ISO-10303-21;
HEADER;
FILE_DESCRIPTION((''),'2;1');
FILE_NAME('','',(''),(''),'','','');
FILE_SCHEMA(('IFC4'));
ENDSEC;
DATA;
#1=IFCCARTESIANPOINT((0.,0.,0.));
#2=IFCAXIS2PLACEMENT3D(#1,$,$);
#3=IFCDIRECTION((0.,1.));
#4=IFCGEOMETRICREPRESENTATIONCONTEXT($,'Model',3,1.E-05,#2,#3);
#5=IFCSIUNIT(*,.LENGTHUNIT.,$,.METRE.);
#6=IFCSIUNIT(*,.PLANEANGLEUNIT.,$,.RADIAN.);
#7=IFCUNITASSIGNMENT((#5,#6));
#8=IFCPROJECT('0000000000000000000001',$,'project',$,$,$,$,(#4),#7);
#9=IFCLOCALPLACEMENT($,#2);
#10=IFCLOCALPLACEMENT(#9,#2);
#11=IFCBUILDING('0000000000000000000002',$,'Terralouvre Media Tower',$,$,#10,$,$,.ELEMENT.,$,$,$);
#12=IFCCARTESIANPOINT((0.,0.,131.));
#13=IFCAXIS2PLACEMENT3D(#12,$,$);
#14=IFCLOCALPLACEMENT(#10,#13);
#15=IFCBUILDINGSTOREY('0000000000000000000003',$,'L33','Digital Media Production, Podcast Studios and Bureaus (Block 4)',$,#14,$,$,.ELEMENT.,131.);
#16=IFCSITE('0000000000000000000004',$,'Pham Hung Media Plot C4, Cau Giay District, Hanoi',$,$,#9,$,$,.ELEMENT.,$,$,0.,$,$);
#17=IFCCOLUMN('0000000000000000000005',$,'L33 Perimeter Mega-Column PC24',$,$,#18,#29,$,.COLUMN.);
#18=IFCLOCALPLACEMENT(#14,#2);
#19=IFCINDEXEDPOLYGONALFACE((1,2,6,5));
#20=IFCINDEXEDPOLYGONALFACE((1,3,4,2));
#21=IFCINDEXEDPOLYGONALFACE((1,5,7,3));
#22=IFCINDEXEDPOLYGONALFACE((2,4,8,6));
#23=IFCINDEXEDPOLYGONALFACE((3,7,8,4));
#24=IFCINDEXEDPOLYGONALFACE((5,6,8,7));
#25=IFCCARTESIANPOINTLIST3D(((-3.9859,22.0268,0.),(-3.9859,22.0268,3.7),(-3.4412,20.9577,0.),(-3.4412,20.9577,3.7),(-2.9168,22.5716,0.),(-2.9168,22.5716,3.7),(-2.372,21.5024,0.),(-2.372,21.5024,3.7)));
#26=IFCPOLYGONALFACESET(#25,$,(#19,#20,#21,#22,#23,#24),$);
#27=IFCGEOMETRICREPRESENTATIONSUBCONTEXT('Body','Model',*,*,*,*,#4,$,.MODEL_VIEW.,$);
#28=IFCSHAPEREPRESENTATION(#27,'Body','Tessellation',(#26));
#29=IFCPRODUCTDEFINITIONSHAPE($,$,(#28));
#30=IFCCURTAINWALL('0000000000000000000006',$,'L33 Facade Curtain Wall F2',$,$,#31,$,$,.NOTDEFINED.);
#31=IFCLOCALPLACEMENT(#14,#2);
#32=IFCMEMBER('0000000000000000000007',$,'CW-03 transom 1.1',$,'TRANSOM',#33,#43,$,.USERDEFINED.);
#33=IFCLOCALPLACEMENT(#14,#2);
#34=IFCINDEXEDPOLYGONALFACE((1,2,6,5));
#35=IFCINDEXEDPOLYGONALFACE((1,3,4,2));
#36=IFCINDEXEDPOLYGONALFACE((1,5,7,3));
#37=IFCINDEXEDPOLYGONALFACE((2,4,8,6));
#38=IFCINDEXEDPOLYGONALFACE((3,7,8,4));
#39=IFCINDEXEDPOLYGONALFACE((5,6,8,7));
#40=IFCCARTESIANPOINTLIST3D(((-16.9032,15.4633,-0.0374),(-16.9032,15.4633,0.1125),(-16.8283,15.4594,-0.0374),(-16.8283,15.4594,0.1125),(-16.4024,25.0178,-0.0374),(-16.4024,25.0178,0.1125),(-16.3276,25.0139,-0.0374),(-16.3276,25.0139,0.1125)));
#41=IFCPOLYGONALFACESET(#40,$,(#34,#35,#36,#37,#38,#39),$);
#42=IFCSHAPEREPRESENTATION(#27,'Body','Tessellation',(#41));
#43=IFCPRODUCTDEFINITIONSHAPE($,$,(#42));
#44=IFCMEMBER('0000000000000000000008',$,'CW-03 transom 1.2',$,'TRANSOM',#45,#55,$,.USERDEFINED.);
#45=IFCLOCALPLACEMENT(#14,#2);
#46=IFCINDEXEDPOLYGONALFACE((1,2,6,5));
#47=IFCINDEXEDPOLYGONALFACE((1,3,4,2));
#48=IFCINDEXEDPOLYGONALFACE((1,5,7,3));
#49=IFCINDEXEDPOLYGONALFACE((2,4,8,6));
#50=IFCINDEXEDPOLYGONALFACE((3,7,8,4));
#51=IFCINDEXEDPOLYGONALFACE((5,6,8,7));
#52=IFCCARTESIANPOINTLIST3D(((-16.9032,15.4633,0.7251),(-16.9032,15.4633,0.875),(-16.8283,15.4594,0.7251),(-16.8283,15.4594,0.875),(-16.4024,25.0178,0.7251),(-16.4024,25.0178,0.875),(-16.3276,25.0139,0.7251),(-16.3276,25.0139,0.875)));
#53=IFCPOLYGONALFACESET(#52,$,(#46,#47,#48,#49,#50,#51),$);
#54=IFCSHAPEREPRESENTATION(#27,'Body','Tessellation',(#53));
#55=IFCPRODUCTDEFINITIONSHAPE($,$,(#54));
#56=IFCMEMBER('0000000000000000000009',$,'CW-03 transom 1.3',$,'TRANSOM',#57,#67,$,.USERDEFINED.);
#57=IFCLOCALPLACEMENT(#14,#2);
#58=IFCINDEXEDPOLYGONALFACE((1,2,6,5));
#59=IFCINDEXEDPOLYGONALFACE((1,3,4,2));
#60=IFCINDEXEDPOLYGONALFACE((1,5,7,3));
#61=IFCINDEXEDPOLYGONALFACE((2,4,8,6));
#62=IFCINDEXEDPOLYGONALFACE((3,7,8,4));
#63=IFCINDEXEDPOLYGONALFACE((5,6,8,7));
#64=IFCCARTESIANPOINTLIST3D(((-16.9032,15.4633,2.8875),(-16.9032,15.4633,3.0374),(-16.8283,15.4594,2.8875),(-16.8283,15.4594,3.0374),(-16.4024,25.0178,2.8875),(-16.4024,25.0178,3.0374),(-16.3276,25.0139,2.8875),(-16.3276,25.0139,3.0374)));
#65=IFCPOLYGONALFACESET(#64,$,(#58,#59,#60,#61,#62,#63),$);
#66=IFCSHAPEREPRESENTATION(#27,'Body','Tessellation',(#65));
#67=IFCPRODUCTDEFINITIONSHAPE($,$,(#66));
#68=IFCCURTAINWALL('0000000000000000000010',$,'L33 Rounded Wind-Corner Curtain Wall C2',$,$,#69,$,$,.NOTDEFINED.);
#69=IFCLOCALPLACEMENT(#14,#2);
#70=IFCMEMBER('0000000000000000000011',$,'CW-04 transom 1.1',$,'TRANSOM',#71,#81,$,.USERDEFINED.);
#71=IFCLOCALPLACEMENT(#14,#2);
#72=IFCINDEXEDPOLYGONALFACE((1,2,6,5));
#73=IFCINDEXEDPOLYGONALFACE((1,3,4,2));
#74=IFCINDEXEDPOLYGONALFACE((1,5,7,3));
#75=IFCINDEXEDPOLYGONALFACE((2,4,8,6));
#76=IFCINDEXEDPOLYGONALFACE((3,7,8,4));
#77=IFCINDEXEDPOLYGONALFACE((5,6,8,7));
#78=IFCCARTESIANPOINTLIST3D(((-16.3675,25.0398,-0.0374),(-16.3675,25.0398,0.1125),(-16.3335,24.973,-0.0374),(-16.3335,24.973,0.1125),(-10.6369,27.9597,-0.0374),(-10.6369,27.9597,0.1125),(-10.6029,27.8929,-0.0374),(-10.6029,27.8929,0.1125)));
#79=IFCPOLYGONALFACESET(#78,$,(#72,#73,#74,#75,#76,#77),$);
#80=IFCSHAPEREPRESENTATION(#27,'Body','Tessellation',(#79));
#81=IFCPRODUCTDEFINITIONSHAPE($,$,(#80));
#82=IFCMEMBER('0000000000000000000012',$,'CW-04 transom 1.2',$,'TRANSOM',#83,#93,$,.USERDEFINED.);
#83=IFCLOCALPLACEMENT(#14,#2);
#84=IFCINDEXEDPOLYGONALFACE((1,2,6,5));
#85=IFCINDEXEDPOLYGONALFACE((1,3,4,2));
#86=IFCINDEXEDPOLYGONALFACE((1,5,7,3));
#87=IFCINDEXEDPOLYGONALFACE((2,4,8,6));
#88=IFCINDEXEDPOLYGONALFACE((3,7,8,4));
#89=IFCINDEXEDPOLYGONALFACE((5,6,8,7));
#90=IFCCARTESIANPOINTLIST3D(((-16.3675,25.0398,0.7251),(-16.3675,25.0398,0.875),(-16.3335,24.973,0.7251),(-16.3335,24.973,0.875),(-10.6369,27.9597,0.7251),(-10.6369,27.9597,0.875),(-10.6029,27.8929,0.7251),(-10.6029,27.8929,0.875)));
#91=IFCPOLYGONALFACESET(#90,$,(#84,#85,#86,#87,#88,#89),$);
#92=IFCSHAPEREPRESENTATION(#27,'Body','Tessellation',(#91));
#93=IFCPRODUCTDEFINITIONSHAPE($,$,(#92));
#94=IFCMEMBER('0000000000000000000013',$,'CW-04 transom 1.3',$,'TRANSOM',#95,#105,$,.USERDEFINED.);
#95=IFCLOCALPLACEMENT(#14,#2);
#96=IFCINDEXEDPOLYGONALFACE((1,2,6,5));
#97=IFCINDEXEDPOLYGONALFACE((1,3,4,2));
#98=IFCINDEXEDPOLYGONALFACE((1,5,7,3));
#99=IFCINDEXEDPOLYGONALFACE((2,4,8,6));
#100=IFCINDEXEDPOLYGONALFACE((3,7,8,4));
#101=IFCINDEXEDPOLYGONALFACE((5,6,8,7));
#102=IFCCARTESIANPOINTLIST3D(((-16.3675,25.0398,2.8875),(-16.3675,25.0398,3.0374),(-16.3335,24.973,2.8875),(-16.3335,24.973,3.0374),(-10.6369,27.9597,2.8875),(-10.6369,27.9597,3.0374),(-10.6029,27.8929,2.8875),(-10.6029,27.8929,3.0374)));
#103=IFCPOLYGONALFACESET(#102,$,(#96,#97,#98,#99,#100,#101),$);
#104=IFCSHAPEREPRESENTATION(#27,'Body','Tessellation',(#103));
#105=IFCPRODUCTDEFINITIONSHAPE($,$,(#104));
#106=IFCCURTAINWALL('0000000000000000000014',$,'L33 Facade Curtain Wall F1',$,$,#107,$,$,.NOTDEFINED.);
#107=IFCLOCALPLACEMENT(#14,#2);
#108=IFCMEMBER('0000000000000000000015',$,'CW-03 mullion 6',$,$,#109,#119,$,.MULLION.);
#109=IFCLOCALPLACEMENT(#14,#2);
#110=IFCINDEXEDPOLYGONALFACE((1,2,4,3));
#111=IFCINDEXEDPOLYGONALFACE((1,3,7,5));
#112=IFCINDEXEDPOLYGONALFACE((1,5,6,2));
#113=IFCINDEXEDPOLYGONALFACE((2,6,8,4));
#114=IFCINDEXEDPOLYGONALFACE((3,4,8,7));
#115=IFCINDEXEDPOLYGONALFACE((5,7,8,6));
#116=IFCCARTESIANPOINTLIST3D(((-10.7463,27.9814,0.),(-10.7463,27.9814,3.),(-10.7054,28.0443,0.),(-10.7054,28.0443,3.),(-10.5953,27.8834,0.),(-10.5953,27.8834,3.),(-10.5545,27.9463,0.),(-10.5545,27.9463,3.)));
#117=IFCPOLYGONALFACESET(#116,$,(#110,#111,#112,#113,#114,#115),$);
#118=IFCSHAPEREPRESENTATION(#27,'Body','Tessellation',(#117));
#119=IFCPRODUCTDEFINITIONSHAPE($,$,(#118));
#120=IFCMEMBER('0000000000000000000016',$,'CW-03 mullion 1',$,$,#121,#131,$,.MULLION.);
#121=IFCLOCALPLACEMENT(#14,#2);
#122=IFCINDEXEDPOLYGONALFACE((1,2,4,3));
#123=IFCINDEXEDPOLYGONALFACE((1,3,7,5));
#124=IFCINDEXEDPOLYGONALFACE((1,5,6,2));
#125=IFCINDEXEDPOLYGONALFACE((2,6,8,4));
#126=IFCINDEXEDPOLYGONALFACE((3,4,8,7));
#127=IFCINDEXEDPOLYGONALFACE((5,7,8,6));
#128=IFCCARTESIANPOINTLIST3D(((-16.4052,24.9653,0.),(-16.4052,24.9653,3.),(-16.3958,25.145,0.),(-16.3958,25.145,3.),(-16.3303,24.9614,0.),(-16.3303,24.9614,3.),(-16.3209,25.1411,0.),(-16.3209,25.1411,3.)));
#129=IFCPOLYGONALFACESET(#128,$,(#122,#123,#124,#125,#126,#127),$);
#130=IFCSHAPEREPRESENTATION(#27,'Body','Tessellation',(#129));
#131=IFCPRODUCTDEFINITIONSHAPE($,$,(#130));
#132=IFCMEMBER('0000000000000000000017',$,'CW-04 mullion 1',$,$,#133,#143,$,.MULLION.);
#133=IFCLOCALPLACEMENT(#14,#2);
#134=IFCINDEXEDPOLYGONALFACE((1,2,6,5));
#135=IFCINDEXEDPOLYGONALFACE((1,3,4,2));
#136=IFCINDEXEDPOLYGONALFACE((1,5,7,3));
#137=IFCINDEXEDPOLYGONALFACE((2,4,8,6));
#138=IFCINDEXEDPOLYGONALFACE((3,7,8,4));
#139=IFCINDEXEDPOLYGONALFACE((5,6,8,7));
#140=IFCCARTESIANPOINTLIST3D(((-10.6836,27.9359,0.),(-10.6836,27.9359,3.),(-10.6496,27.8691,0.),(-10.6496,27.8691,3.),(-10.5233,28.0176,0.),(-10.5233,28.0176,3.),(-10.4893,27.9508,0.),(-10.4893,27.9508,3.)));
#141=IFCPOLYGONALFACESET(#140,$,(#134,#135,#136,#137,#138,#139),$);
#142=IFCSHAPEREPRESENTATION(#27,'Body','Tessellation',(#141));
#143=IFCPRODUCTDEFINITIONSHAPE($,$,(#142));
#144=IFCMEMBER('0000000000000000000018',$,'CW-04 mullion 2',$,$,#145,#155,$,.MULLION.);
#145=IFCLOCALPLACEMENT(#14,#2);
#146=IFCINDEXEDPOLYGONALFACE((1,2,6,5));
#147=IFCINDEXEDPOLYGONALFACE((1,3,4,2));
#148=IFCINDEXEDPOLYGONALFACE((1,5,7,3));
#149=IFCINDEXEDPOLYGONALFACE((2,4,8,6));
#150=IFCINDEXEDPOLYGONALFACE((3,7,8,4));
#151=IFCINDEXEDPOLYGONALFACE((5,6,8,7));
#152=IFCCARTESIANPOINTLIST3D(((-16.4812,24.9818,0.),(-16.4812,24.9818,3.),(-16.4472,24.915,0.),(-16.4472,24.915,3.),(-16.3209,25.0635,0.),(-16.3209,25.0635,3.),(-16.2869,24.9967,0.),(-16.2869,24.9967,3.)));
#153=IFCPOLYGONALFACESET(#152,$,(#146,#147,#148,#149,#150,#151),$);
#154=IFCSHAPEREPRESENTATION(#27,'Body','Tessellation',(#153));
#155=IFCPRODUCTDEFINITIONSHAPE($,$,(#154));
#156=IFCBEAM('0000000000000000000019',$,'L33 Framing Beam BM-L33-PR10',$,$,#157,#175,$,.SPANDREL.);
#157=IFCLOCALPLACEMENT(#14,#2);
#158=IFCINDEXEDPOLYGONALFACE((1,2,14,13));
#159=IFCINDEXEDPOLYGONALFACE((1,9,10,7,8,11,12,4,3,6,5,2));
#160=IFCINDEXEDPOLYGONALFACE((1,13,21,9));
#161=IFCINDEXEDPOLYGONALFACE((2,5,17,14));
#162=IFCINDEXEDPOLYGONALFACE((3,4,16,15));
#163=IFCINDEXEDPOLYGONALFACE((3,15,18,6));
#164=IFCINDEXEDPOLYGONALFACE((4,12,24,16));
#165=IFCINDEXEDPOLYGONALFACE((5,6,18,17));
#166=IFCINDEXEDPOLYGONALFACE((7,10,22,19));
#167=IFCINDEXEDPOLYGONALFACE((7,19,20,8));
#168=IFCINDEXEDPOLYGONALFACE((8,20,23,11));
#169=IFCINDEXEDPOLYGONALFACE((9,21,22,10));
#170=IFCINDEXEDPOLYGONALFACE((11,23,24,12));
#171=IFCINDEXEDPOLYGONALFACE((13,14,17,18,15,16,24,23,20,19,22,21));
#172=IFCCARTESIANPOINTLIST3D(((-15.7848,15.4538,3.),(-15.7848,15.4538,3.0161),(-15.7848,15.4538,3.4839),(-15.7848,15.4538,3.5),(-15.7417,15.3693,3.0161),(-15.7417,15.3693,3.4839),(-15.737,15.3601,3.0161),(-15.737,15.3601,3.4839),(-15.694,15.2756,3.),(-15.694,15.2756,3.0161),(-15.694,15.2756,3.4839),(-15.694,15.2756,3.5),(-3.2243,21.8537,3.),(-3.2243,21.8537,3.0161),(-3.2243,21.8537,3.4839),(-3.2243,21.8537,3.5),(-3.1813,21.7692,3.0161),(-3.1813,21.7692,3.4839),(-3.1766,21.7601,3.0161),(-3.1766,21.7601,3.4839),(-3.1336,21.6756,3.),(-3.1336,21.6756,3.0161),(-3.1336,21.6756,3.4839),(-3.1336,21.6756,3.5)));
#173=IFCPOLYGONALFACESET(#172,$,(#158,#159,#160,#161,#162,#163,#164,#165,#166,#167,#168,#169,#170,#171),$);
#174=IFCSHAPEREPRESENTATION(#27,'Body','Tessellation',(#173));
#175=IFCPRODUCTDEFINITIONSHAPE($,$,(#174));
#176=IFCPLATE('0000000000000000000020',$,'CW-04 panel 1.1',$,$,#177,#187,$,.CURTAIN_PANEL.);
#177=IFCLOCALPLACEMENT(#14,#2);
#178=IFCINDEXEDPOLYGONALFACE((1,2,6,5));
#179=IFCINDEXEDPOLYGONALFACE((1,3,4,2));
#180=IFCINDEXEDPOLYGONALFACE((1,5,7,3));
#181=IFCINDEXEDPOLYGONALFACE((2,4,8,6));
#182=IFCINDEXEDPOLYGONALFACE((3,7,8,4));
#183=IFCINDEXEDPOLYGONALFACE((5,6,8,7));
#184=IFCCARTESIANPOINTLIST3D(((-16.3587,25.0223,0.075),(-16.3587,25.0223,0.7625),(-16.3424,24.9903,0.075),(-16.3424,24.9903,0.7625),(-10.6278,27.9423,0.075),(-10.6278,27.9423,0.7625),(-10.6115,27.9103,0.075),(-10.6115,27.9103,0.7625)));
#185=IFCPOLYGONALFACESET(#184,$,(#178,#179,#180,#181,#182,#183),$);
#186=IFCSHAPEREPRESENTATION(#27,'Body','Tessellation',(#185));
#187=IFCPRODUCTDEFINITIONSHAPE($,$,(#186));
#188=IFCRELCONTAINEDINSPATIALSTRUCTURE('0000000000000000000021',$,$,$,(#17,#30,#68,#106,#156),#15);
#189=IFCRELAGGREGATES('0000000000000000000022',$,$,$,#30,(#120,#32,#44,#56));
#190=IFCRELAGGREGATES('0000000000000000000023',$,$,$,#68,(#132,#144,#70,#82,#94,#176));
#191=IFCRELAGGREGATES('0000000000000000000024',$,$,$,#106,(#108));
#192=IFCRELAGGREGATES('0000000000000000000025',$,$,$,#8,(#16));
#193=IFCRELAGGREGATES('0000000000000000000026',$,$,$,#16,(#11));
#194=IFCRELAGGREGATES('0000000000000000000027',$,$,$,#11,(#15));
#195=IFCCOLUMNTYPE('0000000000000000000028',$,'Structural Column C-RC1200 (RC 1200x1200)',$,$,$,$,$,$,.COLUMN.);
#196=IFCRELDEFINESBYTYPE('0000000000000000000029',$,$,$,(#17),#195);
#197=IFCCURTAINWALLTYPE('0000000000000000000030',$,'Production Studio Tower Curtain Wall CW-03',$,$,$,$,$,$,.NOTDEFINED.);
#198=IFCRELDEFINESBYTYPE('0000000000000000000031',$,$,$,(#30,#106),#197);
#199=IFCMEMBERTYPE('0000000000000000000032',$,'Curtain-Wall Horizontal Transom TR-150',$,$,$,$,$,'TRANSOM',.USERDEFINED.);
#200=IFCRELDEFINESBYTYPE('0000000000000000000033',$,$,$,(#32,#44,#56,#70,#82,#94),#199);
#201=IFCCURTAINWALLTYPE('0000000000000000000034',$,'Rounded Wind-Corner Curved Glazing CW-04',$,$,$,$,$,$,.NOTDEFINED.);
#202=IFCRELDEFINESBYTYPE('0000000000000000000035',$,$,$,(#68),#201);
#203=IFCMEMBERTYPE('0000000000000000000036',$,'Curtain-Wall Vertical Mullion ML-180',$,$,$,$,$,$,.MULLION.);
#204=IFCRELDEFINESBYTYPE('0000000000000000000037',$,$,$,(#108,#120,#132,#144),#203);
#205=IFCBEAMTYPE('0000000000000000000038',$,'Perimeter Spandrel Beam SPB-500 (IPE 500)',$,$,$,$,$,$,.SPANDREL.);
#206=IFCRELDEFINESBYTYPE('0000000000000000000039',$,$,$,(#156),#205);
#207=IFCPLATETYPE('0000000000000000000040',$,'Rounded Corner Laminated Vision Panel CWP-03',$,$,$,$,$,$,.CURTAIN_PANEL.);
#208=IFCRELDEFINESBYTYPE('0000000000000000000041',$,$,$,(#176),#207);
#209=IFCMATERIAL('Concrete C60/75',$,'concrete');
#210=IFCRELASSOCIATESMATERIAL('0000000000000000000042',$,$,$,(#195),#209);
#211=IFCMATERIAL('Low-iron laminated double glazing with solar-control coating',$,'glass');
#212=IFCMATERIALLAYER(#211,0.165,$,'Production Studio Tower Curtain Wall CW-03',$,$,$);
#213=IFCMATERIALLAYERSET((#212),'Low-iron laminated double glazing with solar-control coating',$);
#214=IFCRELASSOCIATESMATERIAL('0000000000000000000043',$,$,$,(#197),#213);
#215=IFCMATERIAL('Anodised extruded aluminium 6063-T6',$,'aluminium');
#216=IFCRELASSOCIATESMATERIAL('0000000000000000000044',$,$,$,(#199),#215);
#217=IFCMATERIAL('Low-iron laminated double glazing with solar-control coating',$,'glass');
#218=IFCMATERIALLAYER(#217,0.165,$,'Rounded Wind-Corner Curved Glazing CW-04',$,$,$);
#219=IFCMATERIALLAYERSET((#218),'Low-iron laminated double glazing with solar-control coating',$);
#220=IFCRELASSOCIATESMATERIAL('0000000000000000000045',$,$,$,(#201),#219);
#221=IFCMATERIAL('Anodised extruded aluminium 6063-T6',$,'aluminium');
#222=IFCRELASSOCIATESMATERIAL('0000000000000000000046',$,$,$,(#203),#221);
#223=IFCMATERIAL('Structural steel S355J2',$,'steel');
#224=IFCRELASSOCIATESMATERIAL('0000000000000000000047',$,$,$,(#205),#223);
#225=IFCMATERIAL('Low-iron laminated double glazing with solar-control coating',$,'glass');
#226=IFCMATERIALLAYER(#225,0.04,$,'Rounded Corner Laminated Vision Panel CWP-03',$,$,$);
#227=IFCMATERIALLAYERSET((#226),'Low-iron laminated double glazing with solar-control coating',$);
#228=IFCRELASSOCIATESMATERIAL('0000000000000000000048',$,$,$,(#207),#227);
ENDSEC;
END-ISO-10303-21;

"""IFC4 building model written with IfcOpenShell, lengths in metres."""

from ifc_helpers import new_model, si_unit, direction, frame, origin, origin_2d, place, context, subcontext, project, spatial, rectangle, i_section, extrude, material, layer, layer_set, material_profile, profile_set, type_object, element, aggregate, save


model = new_model("IFC4")

# Units and contexts
model_context = context("Model", 3, precision=1e-05, world=origin(), true_north=direction((0.0, 1.0)))
body_context = subcontext(model_context, "Body", "Model", "MODEL_VIEW")
ifc_project = project(units=[si_unit("LENGTHUNIT", "METRE"), si_unit("PLANEANGLEUNIT", "RADIAN")], contexts=[model_context])

# Site, building, storey
site_placement = place(None, origin())
site = spatial("IfcSite", under=ifc_project, at=site_placement, Name="Pham Hung Media Plot C4, Cau Giay District, Hanoi", CompositionType="ELEMENT", RefElevation=0.0)
building_placement = place(site_placement, origin())
building = spatial("IfcBuilding", under=site, at=building_placement, Name="Terralouvre Media Tower", CompositionType="ELEMENT")
storey_placement = place(building_placement, frame((0.0, 0.0, 131.0)))
storey = spatial("IfcBuildingStorey", under=building, at=storey_placement, Name="L33", Description="Digital Media Production, Podcast Studios and Bureaus (Block 4)", CompositionType="ELEMENT", Elevation=131.0)

# Column
ifc_material_1 = material(Name="Concrete C60/75", Category="concrete")
ifc_material_profile_1 = material_profile(ifc_material_1, rectangle(XDim=1.2, YDim=1.2, at=origin_2d()), Name="RC 1200x1200")
ifc_profile_set_1 = profile_set([ifc_material_profile_1], Name="Concrete C60/75")
column_type = type_object("IfcColumnType", Name="Structural Column C-RC1200 (RC 1200x1200)", PredefinedType="COLUMN", material=ifc_profile_set_1)
column_placement = place(storey_placement, frame((-3.179, 21.7646, 0.0), z_axis=(0.0, 0.0, 1.0), x_axis=(0.891007, 0.45399, 0.0)))
element("IfcColumn", 1, at=column_placement, inside=storey, type_object=column_type, Name="L33 Perimeter Mega-Column PC24", PredefinedType="COLUMN", context=body_context, shape_type="SweptSolid", body=[
    extrude(rectangle(XDim=1.2, YDim=1.2, at=origin_2d()), origin(), (0.0, 0.0, 1.0), 3.7),
])

# Curtain walls, members
ifc_material_2 = material(Name="Low-iron laminated double glazing with solar-control coating", Category="glass")
ifc_layer_1 = layer(ifc_material_2, 0.165, Name="Production Studio Tower Curtain Wall CW-03")
ifc_layer_set_1 = layer_set([ifc_layer_1], Name="Low-iron laminated double glazing with solar-control coating")
curtain_wall_type_1 = type_object("IfcCurtainWallType", Name="Production Studio Tower Curtain Wall CW-03", PredefinedType="NOTDEFINED", material=ifc_layer_set_1)
curtain_wall_1_placement = place(storey_placement, origin())
curtain_wall_1 = element("IfcCurtainWall", 2, at=curtain_wall_1_placement, inside=storey, type_object=curtain_wall_type_1, Name="L33 Facade Curtain Wall F2", PredefinedType="NOTDEFINED")
ifc_material_3 = material(Name="Anodised extruded aluminium 6063-T6", Category="aluminium")
ifc_material_profile_2 = material_profile(ifc_material_3, rectangle(XDim=0.075, YDim=0.1499, at=origin_2d()), Name="ALU 75x150")
ifc_profile_set_2 = profile_set([ifc_material_profile_2], Name="Anodised extruded aluminium 6063-T6")
member_type_1 = type_object("IfcMemberType", Name="Curtain-Wall Horizontal Transom TR-150", ElementType="TRANSOM", PredefinedType="USERDEFINED", material=ifc_profile_set_2)
member_1_placement = place(storey_placement, frame((-16.365, 25.0159, 0.0376), z_axis=(-0.052337, -0.99863, 0.0), x_axis=(0.99863, -0.052337, 0.0)))
member_1 = element("IfcMember", 3, at=member_1_placement, type_object=member_type_1, Name="CW-03 transom 1.1", ObjectType="TRANSOM", PredefinedType="USERDEFINED", context=body_context, shape_type="SweptSolid", body=[
    extrude(rectangle(XDim=0.075, YDim=0.1499, at=origin_2d()), origin(), (0.0, 0.0, 1.0), 9.5676),
])
member_2_placement = place(storey_placement, frame((-16.365, 25.0159, 0.8), z_axis=(-0.052337, -0.99863, 0.0), x_axis=(0.99863, -0.052337, 0.0)))
member_2 = element("IfcMember", 4, at=member_2_placement, type_object=member_type_1, Name="CW-03 transom 1.2", ObjectType="TRANSOM", PredefinedType="USERDEFINED", context=body_context, shape_type="SweptSolid", body=[
    extrude(rectangle(XDim=0.075, YDim=0.1499, at=origin_2d()), origin(), (0.0, 0.0, 1.0), 9.5676),
])
member_3_placement = place(storey_placement, frame((-16.365, 25.0159, 2.9624), z_axis=(-0.052337, -0.99863, 0.0), x_axis=(0.99863, -0.052337, 0.0)))
member_3 = element("IfcMember", 5, at=member_3_placement, type_object=member_type_1, Name="CW-03 transom 1.3", ObjectType="TRANSOM", PredefinedType="USERDEFINED", context=body_context, shape_type="SweptSolid", body=[
    extrude(rectangle(XDim=0.075, YDim=0.1499, at=origin_2d()), origin(), (0.0, 0.0, 1.0), 9.5676),
])
ifc_material_4 = material(Name="Low-iron laminated double glazing with solar-control coating", Category="glass")
ifc_layer_2 = layer(ifc_material_4, 0.165, Name="Rounded Wind-Corner Curved Glazing CW-04")
ifc_layer_set_2 = layer_set([ifc_layer_2], Name="Low-iron laminated double glazing with solar-control coating")
curtain_wall_type_2 = type_object("IfcCurtainWallType", Name="Rounded Wind-Corner Curved Glazing CW-04", PredefinedType="NOTDEFINED", material=ifc_layer_set_2)
curtain_wall_2_placement = place(storey_placement, origin())
curtain_wall_2 = element("IfcCurtainWall", 6, at=curtain_wall_2_placement, inside=storey, type_object=curtain_wall_type_2, Name="L33 Rounded Wind-Corner Curtain Wall C2", PredefinedType="NOTDEFINED")
member_4_placement = place(storey_placement, frame((-10.6199, 27.9263, 0.0376), z_axis=(-0.891008, -0.453988, 0.0), x_axis=(0.453988, -0.891008, 0.0)))
member_4 = element("IfcMember", 7, at=member_4_placement, type_object=member_type_1, Name="CW-04 transom 1.1", ObjectType="TRANSOM", PredefinedType="USERDEFINED", context=body_context, shape_type="SweptSolid", body=[
    extrude(rectangle(XDim=0.075, YDim=0.1499, at=origin_2d()), origin(), (0.0, 0.0, 1.0), 6.4316),
])
member_5_placement = place(storey_placement, frame((-10.6199, 27.9263, 0.8), z_axis=(-0.891008, -0.453988, 0.0), x_axis=(0.453988, -0.891008, 0.0)))
member_5 = element("IfcMember", 8, at=member_5_placement, type_object=member_type_1, Name="CW-04 transom 1.2", ObjectType="TRANSOM", PredefinedType="USERDEFINED", context=body_context, shape_type="SweptSolid", body=[
    extrude(rectangle(XDim=0.075, YDim=0.1499, at=origin_2d()), origin(), (0.0, 0.0, 1.0), 6.4316),
])
member_6_placement = place(storey_placement, frame((-10.6199, 27.9263, 2.9624), z_axis=(-0.891008, -0.453988, 0.0), x_axis=(0.453988, -0.891008, 0.0)))
member_6 = element("IfcMember", 9, at=member_6_placement, type_object=member_type_1, Name="CW-04 transom 1.3", ObjectType="TRANSOM", PredefinedType="USERDEFINED", context=body_context, shape_type="SweptSolid", body=[
    extrude(rectangle(XDim=0.075, YDim=0.1499, at=origin_2d()), origin(), (0.0, 0.0, 1.0), 6.4316),
])

# Curtain wall, member
curtain_wall_3_placement = place(storey_placement, origin())
curtain_wall_3 = element("IfcCurtainWall", 10, at=curtain_wall_3_placement, inside=storey, type_object=curtain_wall_type_1, Name="L33 Facade Curtain Wall F1", PredefinedType="NOTDEFINED")
ifc_material_5 = material(Name="Anodised extruded aluminium 6063-T6", Category="aluminium")
ifc_material_profile_3 = material_profile(ifc_material_5, rectangle(XDim=0.075, YDim=0.1799, at=origin_2d()), Name="ALU 75x180")
ifc_profile_set_3 = profile_set([ifc_material_profile_3], Name="Anodised extruded aluminium 6063-T6")
member_type_2 = type_object("IfcMemberType", Name="Curtain-Wall Vertical Mullion ML-180", PredefinedType="MULLION", material=ifc_profile_set_3)
member_7_placement = place(storey_placement, frame((-10.6504, 27.9639, 0.0), z_axis=(0.0, 0.0, 1.0), x_axis=(-0.544639, -0.838671, 0.0)))
member_7 = element("IfcMember", 11, at=member_7_placement, type_object=member_type_2, Name="CW-03 mullion 6", PredefinedType="MULLION", context=body_context, shape_type="SweptSolid", body=[
    extrude(rectangle(XDim=0.075, YDim=0.1799, at=origin_2d()), origin(), (0.0, 0.0, 1.0), 3.0),
])

# Members
member_8_placement = place(storey_placement, frame((-16.363, 25.0532, 0.0), z_axis=(0.0, 0.0, 1.0), x_axis=(0.99863, -0.052336, 0.0)))
member_8 = element("IfcMember", 12, at=member_8_placement, type_object=member_type_2, Name="CW-03 mullion 1", PredefinedType="MULLION", context=body_context, shape_type="SweptSolid", body=[
    extrude(rectangle(XDim=0.075, YDim=0.1799, at=origin_2d()), origin(), (0.0, 0.0, 1.0), 3.0),
])
aggregate(curtain_wall_1, [member_8, member_1, member_2, member_3])
member_9_placement = place(storey_placement, frame((-10.5864, 27.9434, 0.0), z_axis=(0.0, 0.0, 1.0), x_axis=(0.45399, -0.891007, 0.0)))
member_9 = element("IfcMember", 13, at=member_9_placement, type_object=member_type_2, Name="CW-04 mullion 1", PredefinedType="MULLION", context=body_context, shape_type="SweptSolid", body=[
    extrude(rectangle(XDim=0.075, YDim=0.1799, at=origin_2d()), origin(), (0.0, 0.0, 1.0), 3.0),
])
member_10_placement = place(storey_placement, frame((-16.384, 24.9893, 0.0), z_axis=(0.0, 0.0, 1.0), x_axis=(0.45399, -0.891007, 0.0)))
member_10 = element("IfcMember", 14, at=member_10_placement, type_object=member_type_2, Name="CW-04 mullion 2", PredefinedType="MULLION", context=body_context, shape_type="SweptSolid", body=[
    extrude(rectangle(XDim=0.075, YDim=0.1799, at=origin_2d()), origin(), (0.0, 0.0, 1.0), 3.0),
])

# Beam
ifc_material_6 = material(Name="Structural steel S355J2", Category="steel")
ifc_material_profile_4 = material_profile(ifc_material_6, i_section(OverallWidth=0.2, OverallDepth=0.5, WebThickness=0.0103, FlangeThickness=0.0161, at=origin_2d()), Name="IPE 500")
ifc_profile_set_4 = profile_set([ifc_material_profile_4], Name="Structural steel S355J2")
beam_type = type_object("IfcBeamType", Name="Perimeter Spandrel Beam SPB-500 (IPE 500)", PredefinedType="SPANDREL", material=ifc_profile_set_4)
beam_placement = place(storey_placement, frame((-3.179, 21.7646, 3.25), z_axis=(-0.891003, -0.453997, 0.0), x_axis=(0.453997, -0.891003, 0.0)))
element("IfcBeam", 15, at=beam_placement, inside=storey, type_object=beam_type, Name="L33 Framing Beam BM-L33-PR10", PredefinedType="SPANDREL", context=body_context, shape_type="SweptSolid", body=[
    extrude(i_section(OverallWidth=0.2, OverallDepth=0.5, WebThickness=0.0103, FlangeThickness=0.0161, at=origin_2d()), origin(), (0.0, 0.0, 1.0), 14.0969),
])

# Plate
ifc_material_7 = material(Name="Low-iron laminated double glazing with solar-control coating", Category="glass")
ifc_layer_3 = layer(ifc_material_7, 0.04, Name="Rounded Corner Laminated Vision Panel CWP-03")
ifc_layer_set_3 = layer_set([ifc_layer_3], Name="Low-iron laminated double glazing with solar-control coating")
plate_type_1 = type_object("IfcPlateType", Name="Rounded Corner Laminated Vision Panel CWP-03", PredefinedType="CURTAIN_PANEL", material=ifc_layer_set_3)
plate_1_placement = place(storey_placement, frame((-13.4851, 26.4663, 0.075), z_axis=(0.0, 0.0, 1.0), x_axis=(-0.891007, -0.45399, 0.0)))
plate_1 = element("IfcPlate", 16, at=plate_1_placement, type_object=plate_type_1, Name="CW-04 panel 1.1", PredefinedType="CURTAIN_PANEL", context=body_context, shape_type="SweptSolid", body=[
    extrude(rectangle(XDim=6.4319, YDim=0.0359, at=origin_2d()), origin(), (0.0, 0.0, 1.0), 0.6875),
])
aggregate(curtain_wall_2, [member_9, member_10, member_4, member_5, member_6, plate_1])
aggregate(curtain_wall_3, [member_7])

save(model, "model.ifc")
